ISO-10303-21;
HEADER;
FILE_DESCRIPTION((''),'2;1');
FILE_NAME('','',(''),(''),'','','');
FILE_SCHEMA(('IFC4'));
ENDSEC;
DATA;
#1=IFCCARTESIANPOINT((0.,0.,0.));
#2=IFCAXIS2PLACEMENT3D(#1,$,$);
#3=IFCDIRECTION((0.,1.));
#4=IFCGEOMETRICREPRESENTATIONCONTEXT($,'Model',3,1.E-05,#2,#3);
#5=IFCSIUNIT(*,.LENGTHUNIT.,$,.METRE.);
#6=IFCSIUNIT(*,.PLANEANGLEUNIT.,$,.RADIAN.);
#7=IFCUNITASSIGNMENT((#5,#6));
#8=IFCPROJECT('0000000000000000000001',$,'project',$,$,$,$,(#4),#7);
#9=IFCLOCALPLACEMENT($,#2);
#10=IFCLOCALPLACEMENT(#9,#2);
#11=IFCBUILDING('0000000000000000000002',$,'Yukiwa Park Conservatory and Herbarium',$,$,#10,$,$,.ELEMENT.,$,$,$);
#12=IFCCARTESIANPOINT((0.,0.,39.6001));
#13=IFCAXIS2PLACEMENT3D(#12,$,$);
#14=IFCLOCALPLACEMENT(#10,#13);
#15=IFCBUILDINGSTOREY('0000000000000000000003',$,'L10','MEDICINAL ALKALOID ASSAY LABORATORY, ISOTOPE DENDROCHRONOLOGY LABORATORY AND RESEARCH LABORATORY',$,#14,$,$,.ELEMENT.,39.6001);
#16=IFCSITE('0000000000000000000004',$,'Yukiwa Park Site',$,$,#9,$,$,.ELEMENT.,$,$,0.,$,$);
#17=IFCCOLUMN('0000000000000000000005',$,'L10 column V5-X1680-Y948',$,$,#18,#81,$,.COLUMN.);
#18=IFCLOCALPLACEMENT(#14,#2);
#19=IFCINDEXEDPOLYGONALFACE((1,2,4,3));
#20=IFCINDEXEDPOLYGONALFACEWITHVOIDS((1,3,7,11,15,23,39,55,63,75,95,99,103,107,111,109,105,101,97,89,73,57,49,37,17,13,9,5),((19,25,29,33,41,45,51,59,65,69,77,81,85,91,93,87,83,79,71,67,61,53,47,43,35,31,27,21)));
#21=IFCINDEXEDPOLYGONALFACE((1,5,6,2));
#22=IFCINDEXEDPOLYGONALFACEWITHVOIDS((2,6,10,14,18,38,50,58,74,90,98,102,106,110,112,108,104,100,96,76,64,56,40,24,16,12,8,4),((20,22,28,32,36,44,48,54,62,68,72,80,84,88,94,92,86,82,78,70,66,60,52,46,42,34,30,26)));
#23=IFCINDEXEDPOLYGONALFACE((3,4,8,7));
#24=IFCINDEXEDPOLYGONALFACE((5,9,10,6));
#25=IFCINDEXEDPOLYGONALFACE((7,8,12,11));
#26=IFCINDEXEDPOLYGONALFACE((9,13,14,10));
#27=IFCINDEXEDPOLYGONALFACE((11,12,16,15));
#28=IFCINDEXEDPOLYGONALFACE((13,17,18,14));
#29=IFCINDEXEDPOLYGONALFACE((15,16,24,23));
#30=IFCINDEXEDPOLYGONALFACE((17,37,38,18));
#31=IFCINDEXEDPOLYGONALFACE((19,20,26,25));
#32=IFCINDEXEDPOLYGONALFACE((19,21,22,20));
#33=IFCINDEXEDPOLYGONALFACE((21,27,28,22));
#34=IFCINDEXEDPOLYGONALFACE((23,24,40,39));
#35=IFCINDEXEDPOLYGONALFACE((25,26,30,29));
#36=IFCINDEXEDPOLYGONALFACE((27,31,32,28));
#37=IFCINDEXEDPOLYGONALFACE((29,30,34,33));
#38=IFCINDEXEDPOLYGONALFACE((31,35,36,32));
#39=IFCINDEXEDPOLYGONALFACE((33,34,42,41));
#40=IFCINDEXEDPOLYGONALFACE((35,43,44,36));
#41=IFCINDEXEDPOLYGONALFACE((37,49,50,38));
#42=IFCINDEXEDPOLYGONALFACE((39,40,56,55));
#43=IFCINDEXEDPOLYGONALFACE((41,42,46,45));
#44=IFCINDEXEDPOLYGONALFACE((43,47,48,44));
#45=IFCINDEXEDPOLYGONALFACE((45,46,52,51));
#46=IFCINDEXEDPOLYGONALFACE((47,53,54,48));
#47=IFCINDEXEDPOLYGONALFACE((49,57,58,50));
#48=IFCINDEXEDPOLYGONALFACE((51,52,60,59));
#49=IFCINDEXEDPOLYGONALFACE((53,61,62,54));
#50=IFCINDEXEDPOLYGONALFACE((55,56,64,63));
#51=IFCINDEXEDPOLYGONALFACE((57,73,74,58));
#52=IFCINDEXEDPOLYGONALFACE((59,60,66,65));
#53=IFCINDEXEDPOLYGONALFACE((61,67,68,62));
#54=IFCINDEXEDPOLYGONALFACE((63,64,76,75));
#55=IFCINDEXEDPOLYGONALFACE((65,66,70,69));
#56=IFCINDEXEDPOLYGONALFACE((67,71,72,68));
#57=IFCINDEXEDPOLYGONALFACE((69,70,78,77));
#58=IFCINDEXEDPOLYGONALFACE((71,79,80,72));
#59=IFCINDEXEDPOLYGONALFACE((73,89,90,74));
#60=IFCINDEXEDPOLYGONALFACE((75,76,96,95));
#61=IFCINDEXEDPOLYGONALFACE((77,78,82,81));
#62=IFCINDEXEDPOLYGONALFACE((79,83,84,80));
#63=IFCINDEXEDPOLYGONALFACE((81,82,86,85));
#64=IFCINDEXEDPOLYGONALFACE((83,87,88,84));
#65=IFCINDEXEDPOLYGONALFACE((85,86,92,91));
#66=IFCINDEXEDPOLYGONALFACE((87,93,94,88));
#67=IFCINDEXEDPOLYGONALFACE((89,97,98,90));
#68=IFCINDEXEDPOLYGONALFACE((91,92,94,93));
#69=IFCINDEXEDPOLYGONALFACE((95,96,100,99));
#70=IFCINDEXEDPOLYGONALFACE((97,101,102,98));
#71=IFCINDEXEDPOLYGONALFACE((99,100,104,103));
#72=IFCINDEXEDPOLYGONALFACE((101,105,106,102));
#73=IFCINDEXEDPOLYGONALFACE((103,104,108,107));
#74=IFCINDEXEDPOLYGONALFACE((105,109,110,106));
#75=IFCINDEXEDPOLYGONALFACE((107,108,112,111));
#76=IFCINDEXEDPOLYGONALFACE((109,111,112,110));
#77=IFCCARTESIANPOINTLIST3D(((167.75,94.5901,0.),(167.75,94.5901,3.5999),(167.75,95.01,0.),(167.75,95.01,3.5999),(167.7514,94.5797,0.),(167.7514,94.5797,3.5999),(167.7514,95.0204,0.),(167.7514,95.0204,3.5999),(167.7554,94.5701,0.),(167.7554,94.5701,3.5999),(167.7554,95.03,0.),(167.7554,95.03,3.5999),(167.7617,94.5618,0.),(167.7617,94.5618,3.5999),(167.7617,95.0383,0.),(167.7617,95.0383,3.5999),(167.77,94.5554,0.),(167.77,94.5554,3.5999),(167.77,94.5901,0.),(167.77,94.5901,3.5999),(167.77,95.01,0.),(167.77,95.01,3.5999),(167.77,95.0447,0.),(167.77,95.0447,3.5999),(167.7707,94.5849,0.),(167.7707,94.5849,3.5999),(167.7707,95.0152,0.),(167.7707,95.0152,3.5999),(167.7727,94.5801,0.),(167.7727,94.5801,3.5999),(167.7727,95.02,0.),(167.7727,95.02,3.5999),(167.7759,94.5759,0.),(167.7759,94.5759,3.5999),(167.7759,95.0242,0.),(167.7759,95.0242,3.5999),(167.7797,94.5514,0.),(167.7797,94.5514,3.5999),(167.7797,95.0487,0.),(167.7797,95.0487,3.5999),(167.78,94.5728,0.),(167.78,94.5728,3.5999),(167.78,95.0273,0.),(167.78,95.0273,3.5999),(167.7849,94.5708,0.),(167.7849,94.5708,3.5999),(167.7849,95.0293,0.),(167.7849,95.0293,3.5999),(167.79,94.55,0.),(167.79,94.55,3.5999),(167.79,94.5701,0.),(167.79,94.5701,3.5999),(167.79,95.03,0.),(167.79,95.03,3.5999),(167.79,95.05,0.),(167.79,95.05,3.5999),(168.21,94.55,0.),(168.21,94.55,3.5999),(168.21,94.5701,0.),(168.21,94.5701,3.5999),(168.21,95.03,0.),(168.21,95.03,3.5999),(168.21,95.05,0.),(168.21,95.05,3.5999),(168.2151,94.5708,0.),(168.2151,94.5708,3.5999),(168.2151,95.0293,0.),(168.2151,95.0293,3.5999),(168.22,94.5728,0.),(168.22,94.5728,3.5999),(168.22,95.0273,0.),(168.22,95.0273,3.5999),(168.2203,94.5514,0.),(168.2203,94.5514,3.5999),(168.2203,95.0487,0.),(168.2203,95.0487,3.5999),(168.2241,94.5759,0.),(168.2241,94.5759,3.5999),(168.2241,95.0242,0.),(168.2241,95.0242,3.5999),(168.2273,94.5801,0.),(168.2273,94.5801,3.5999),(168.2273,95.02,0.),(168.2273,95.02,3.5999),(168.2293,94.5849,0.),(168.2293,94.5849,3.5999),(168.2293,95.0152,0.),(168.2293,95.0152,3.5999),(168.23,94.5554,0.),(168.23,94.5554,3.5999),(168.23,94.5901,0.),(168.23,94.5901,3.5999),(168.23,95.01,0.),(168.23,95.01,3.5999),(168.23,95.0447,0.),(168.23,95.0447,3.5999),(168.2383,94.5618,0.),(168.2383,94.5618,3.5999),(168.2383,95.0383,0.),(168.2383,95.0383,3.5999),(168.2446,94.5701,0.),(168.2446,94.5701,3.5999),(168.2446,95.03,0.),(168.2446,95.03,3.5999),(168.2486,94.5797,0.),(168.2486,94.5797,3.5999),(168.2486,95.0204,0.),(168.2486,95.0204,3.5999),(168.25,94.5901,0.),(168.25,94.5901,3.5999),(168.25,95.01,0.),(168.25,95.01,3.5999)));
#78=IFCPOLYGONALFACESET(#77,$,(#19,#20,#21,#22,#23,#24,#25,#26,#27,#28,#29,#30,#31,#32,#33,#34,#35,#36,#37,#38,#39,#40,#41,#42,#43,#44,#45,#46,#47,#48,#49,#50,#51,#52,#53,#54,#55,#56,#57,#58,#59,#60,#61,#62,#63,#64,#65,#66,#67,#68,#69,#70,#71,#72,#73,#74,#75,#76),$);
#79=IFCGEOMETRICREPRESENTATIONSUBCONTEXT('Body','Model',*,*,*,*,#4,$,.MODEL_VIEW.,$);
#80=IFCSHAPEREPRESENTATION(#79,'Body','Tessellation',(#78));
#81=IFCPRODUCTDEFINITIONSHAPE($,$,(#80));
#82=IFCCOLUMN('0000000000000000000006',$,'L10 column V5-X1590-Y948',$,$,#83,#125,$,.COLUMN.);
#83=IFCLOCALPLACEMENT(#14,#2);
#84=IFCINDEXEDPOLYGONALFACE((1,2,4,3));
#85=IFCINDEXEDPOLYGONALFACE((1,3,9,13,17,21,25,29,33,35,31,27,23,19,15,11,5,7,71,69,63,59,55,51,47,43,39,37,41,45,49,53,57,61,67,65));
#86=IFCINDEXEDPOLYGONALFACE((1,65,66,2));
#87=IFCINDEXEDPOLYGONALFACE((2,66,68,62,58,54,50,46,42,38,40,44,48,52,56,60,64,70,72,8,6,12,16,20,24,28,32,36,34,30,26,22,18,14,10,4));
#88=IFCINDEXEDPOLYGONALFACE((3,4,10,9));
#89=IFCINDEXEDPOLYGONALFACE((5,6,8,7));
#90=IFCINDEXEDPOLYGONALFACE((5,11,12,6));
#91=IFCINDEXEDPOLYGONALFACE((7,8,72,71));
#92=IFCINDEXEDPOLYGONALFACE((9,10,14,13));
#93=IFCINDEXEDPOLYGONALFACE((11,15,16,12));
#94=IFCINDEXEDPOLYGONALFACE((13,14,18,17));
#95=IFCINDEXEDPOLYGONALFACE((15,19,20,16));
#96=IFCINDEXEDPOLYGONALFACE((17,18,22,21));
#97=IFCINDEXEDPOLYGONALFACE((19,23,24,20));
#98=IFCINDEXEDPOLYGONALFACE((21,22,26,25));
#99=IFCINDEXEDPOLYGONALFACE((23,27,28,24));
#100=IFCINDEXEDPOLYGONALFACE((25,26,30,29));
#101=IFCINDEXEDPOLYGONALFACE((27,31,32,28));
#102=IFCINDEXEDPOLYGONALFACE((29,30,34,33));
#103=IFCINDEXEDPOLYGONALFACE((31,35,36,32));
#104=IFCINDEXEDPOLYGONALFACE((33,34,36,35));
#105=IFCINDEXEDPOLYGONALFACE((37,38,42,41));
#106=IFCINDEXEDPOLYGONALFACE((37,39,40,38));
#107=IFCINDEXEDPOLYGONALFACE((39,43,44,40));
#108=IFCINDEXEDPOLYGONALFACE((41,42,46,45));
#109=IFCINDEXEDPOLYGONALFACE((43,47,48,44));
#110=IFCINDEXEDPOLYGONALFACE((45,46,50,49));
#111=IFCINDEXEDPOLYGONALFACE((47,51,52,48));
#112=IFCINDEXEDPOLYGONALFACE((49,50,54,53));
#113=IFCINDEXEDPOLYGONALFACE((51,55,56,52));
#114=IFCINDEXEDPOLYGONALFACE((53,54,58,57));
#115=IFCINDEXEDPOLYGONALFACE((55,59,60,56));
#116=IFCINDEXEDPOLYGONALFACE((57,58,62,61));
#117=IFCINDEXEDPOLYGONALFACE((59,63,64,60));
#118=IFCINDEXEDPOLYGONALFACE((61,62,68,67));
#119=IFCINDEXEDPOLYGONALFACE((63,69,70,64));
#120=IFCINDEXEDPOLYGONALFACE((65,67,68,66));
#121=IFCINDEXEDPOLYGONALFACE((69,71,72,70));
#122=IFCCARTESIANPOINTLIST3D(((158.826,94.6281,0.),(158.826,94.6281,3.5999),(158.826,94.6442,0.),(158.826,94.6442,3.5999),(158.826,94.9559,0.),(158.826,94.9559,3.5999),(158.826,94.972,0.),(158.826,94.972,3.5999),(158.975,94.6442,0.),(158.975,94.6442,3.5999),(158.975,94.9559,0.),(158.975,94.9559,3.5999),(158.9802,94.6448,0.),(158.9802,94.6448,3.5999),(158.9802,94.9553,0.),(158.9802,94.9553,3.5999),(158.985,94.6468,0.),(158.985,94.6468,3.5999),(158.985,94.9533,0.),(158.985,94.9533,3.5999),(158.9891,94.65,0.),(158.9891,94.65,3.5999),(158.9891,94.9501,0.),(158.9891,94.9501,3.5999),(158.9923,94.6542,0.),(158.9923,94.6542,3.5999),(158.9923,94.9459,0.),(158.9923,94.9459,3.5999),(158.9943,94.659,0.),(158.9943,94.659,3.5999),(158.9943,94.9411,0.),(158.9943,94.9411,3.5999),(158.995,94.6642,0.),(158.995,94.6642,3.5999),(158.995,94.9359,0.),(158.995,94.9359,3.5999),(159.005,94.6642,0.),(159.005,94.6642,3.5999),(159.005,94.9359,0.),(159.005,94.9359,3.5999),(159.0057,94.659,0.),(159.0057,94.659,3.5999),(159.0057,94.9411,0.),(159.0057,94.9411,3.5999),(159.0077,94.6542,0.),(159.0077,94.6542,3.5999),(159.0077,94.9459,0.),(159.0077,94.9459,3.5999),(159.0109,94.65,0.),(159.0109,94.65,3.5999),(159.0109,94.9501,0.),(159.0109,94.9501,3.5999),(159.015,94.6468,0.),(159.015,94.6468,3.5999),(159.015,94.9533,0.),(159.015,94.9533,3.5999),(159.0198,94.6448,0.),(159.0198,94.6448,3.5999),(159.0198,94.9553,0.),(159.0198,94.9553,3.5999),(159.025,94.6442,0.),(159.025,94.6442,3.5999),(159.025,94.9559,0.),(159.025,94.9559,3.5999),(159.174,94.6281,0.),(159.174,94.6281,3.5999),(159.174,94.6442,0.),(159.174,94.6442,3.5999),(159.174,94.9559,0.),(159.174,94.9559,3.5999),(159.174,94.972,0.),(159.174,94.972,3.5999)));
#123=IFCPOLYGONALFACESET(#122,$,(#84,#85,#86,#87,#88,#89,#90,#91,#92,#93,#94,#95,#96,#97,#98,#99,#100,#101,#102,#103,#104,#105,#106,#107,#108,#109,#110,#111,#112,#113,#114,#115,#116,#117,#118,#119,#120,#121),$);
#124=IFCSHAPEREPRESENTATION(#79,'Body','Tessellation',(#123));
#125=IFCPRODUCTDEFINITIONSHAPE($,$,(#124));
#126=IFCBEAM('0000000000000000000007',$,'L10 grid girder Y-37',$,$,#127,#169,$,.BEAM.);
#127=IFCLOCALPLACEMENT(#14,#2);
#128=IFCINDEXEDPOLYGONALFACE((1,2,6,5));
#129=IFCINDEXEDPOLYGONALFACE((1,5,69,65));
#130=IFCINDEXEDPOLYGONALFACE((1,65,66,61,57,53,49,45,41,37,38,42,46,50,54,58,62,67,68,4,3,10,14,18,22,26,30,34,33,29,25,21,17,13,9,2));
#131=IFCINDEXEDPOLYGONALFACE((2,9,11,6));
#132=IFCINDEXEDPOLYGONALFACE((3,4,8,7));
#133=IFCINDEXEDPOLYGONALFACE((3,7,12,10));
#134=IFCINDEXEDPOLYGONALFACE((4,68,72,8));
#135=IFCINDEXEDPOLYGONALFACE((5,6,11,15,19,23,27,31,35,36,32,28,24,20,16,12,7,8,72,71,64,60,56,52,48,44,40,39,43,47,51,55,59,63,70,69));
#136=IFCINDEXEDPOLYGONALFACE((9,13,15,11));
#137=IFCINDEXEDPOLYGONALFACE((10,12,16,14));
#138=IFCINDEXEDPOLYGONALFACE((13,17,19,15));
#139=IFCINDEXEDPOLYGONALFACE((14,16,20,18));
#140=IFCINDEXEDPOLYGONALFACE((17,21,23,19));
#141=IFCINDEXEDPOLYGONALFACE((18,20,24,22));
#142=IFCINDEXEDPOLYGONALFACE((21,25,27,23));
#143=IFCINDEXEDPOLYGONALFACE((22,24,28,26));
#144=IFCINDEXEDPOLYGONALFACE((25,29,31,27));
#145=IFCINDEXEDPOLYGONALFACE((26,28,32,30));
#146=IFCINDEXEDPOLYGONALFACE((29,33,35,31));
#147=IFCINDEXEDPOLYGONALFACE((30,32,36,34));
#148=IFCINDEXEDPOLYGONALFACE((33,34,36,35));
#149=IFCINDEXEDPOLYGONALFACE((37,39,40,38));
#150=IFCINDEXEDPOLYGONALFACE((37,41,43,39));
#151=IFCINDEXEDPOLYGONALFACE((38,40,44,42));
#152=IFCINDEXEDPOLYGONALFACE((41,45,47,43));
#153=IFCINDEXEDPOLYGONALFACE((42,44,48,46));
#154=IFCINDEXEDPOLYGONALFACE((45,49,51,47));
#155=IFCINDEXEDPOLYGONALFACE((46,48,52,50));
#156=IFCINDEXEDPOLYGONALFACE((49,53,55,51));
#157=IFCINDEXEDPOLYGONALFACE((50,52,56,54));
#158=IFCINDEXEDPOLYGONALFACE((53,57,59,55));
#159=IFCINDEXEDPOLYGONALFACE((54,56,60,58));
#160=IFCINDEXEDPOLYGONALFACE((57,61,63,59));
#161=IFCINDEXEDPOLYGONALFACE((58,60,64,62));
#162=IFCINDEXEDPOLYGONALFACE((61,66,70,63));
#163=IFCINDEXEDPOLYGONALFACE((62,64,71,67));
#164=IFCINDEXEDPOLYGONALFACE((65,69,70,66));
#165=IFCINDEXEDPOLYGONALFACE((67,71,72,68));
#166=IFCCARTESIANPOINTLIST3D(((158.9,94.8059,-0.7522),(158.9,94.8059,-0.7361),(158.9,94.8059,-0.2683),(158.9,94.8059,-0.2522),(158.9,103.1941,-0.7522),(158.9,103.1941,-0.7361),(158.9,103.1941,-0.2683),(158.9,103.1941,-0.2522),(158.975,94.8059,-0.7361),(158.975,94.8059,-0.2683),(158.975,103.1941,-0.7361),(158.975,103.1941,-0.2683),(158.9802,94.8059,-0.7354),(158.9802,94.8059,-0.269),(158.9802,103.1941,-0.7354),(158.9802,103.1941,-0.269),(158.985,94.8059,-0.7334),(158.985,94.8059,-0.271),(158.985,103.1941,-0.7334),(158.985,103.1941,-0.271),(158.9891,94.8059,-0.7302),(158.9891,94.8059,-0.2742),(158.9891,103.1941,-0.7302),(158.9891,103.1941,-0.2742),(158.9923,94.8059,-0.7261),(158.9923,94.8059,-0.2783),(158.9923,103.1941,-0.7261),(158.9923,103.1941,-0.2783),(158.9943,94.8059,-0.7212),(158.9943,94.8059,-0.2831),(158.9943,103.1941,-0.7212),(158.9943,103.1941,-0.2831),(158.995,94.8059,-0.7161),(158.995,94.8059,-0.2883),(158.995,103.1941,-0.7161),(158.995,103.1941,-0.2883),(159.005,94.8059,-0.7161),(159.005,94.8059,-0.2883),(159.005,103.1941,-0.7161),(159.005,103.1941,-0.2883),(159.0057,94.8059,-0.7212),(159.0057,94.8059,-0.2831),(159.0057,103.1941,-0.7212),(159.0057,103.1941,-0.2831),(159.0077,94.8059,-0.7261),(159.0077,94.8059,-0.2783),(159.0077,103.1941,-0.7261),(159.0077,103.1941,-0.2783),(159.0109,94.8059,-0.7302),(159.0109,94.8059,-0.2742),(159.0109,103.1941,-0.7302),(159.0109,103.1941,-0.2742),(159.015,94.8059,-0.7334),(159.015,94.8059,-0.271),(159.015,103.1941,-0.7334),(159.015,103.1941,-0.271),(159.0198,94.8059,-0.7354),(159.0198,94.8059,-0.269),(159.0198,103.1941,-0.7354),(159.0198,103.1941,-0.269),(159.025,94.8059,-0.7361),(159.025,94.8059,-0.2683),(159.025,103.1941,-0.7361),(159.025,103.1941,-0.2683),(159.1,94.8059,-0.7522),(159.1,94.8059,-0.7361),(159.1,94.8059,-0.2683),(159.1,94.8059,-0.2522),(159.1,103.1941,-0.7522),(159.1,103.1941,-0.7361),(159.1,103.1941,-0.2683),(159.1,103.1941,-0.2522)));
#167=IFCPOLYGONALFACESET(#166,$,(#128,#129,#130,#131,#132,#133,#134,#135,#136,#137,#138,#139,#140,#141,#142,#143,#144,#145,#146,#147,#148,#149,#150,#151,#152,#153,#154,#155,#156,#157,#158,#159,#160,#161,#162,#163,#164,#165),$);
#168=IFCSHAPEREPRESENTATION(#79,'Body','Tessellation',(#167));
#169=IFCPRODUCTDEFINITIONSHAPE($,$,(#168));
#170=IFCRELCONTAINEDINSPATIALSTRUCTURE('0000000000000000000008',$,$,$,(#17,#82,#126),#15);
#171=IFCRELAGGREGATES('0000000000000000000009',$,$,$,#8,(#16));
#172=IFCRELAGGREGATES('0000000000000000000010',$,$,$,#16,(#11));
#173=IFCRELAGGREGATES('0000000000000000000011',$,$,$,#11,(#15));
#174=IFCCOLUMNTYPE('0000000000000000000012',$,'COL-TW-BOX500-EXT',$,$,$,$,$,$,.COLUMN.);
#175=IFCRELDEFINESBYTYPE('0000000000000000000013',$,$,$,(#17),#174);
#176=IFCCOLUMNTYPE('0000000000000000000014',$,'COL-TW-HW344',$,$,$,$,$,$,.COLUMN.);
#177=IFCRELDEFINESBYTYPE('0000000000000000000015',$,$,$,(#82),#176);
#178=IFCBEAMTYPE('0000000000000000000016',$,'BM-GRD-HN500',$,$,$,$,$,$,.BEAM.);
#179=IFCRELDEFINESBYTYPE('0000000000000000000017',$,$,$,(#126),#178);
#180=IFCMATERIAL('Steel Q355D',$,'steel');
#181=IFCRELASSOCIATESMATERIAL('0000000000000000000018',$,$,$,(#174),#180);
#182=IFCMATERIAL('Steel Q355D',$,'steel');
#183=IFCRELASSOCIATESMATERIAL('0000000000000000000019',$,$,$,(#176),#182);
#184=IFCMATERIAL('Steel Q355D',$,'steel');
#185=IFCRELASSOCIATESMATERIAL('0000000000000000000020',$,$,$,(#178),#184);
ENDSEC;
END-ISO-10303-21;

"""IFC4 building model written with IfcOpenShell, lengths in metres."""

from ifc_helpers import new_model, si_unit, direction, frame, origin, origin_2d, place, context, subcontext, project, spatial, hollow_rectangle, i_section, extrude, material, material_profile, profile_set, type_object, element, save


model = new_model("IFC4")

# Units and contexts
model_context = context("Model", 3, precision=1e-05, world=origin(), true_north=direction((0.0, 1.0)))
body_context = subcontext(model_context, "Body", "Model", "MODEL_VIEW")
ifc_project = project(units=[si_unit("LENGTHUNIT", "METRE"), si_unit("PLANEANGLEUNIT", "RADIAN")], contexts=[model_context])

# Site, building, storey
site_placement = place(None, origin())
site = spatial("IfcSite", under=ifc_project, at=site_placement, Name="Yukiwa Park Site", CompositionType="ELEMENT", RefElevation=0.0)
building_placement = place(site_placement, origin())
building = spatial("IfcBuilding", under=site, at=building_placement, Name="Yukiwa Park Conservatory and Herbarium", CompositionType="ELEMENT")
storey_placement = place(building_placement, frame((0.0, 0.0, 39.6001)))
storey = spatial("IfcBuildingStorey", under=building, at=storey_placement, Name="L10", Description="MEDICINAL ALKALOID ASSAY LABORATORY, ISOTOPE DENDROCHRONOLOGY LABORATORY AND RESEARCH LABORATORY", CompositionType="ELEMENT", Elevation=39.6001)

# Columns
ifc_material_1 = material(Name="Steel Q355D", Category="steel")
ifc_material_profile_1 = material_profile(ifc_material_1, hollow_rectangle(XDim=0.5, YDim=0.5, WallThickness=0.02, InnerFilletRadius=0.02, OuterFilletRadius=0.04, at=origin_2d()), Name="BOX 500x500x20")
ifc_profile_set_1 = profile_set([ifc_material_profile_1], Name="Steel Q355D")
column_type_1 = type_object("IfcColumnType", Name="COL-TW-BOX500-EXT", PredefinedType="COLUMN", material=ifc_profile_set_1)
column_1_placement = place(storey_placement, frame((168.0, 94.8, 0.0), z_axis=(0.0, 0.0, 1.0), x_axis=(1.0, 0.0, 0.0)))
element("IfcColumn", 1, at=column_1_placement, inside=storey, type_object=column_type_1, Name="L10 column V5-X1680-Y948", PredefinedType="COLUMN", context=body_context, shape_type="SweptSolid", body=[
    extrude(hollow_rectangle(XDim=0.5, YDim=0.5, WallThickness=0.02, InnerFilletRadius=0.02, OuterFilletRadius=0.04, at=origin_2d()), origin(), (0.0, 0.0, 1.0), 3.5999),
])
ifc_material_2 = material(Name="Steel Q355D", Category="steel")
ifc_material_profile_2 = material_profile(ifc_material_2, i_section(OverallWidth=0.3479, OverallDepth=0.344, WebThickness=0.01, FlangeThickness=0.0161, FilletRadius=0.02, at=origin_2d()), Name="HW 344x348x10x16")
ifc_profile_set_2 = profile_set([ifc_material_profile_2], Name="Steel Q355D")
column_type_2 = type_object("IfcColumnType", Name="COL-TW-HW344", PredefinedType="COLUMN", material=ifc_profile_set_2)
column_2_placement = place(storey_placement, frame((159.0, 94.8, 0.0), z_axis=(0.0, 0.0, 1.0), x_axis=(1.0, 0.0, 0.0)))
element("IfcColumn", 2, at=column_2_placement, inside=storey, type_object=column_type_2, Name="L10 column V5-X1590-Y948", PredefinedType="COLUMN", context=body_context, shape_type="SweptSolid", body=[
    extrude(i_section(OverallWidth=0.3479, OverallDepth=0.344, WebThickness=0.01, FlangeThickness=0.0161, FilletRadius=0.02, at=origin_2d()), origin(), (0.0, 0.0, 1.0), 3.5999),
])

# Beam
ifc_material_3 = material(Name="Steel Q355D", Category="steel")
ifc_material_profile_3 = material_profile(ifc_material_3, i_section(OverallWidth=0.2, OverallDepth=0.5, WebThickness=0.01, FlangeThickness=0.0161, FilletRadius=0.02, at=origin_2d()), Name="HN 500x200x10x16")
ifc_profile_set_3 = profile_set([ifc_material_profile_3], Name="Steel Q355D")
beam_type_1 = type_object("IfcBeamType", Name="BM-GRD-HN500", PredefinedType="BEAM", material=ifc_profile_set_3)
beam_1_placement = place(storey_placement, frame((159.0, 94.8059, -0.5022), z_axis=(0.0, 1.0, 0.0), x_axis=(-1.0, 0.0, 0.0)))
element("IfcBeam", 3, at=beam_1_placement, inside=storey, type_object=beam_type_1, Name="L10 grid girder Y-37", PredefinedType="BEAM", context=body_context, shape_type="SweptSolid", body=[
    extrude(i_section(OverallWidth=0.2, OverallDepth=0.5, WebThickness=0.01, FlangeThickness=0.0161, FilletRadius=0.02, at=origin_2d()), origin(), (0.0, 0.0, 1.0), 8.3882),
])

save(model, "model.ifc")
